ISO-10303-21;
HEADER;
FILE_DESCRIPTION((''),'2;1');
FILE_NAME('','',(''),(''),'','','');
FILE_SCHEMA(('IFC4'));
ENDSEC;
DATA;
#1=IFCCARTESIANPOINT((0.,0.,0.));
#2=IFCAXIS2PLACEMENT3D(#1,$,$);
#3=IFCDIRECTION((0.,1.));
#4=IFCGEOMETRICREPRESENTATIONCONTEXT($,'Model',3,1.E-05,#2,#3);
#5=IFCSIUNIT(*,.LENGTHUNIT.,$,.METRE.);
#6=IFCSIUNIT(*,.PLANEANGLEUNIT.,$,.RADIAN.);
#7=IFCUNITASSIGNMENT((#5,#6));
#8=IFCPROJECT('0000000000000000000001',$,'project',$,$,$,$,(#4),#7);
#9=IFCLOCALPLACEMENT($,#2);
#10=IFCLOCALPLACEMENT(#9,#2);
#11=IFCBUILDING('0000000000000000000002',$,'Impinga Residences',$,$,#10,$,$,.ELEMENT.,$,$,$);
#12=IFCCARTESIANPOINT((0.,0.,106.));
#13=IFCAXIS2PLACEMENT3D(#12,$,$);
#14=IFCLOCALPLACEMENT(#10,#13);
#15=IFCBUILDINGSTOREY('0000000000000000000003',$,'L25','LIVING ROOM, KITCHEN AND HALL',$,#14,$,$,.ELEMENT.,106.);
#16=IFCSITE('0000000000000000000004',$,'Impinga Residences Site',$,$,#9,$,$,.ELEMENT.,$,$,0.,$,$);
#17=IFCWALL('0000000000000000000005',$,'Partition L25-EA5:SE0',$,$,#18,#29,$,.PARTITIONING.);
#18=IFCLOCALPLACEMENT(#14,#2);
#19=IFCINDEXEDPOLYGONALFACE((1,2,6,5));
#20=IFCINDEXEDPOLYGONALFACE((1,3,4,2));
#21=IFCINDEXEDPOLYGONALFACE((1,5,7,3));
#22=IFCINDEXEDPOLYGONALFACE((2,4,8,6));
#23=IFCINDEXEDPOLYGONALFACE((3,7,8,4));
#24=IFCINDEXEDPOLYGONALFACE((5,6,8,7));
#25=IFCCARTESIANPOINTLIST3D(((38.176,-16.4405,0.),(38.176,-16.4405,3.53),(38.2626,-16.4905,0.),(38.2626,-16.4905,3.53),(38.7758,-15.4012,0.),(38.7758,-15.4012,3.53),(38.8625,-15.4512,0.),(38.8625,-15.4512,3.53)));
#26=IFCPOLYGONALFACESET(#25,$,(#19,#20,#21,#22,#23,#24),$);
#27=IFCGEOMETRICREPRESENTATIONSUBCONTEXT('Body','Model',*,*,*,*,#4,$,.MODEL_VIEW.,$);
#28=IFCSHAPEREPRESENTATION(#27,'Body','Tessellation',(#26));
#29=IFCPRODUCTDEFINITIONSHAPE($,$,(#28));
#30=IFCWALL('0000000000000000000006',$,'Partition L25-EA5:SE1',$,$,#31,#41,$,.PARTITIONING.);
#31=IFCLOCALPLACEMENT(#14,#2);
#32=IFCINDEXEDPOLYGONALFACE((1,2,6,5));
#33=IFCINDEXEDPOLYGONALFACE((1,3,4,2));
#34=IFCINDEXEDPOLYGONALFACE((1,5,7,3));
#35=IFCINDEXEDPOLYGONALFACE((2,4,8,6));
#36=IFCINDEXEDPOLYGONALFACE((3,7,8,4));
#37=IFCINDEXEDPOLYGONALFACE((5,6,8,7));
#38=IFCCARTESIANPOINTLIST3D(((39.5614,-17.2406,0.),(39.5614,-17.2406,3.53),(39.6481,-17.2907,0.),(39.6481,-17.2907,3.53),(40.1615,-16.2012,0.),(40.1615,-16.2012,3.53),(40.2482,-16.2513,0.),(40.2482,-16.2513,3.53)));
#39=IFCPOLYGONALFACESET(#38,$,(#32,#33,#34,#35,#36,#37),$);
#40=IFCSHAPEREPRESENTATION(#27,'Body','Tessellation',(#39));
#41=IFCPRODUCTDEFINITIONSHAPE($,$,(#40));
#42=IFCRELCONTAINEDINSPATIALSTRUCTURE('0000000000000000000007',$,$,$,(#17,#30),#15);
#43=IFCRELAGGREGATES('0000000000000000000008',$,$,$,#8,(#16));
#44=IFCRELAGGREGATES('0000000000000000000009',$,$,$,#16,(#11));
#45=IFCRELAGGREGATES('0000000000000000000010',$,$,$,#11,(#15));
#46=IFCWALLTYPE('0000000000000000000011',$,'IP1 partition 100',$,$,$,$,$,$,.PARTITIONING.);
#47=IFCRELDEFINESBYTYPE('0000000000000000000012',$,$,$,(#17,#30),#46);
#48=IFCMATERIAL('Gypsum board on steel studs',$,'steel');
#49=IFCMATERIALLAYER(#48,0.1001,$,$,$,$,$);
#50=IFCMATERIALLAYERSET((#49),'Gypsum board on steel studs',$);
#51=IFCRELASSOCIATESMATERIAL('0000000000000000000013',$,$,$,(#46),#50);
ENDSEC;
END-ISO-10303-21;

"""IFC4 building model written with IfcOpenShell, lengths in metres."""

from ifc_helpers import new_model, si_unit, direction, frame, frame_2d, origin, place, context, subcontext, project, spatial, rectangle, extrude, material, layer, layer_set, type_object, element, save


model = new_model("IFC4")

# Units and contexts
model_context = context("Model", 3, precision=1e-05, world=origin(), true_north=direction((0.0, 1.0)))
body_context = subcontext(model_context, "Body", "Model", "MODEL_VIEW")
ifc_project = project(units=[si_unit("LENGTHUNIT", "METRE"), si_unit("PLANEANGLEUNIT", "RADIAN")], contexts=[model_context])

# Site, building, storey
site_placement = place(None, origin())
site = spatial("IfcSite", under=ifc_project, at=site_placement, Name="Impinga Residences Site", CompositionType="ELEMENT", RefElevation=0.0)
building_placement = place(site_placement, origin())
building = spatial("IfcBuilding", under=site, at=building_placement, Name="Impinga Residences", CompositionType="ELEMENT")
storey_placement = place(building_placement, frame((0.0, 0.0, 106.0)))
storey = spatial("IfcBuildingStorey", under=building, at=storey_placement, Name="L25", Description="LIVING ROOM, KITCHEN AND HALL", CompositionType="ELEMENT", Elevation=106.0)

# Shared definitions
ifc_material_1 = material(Name="Gypsum board on steel studs", Category="steel")
ifc_layer_1 = layer(ifc_material_1, 0.1001)
ifc_layer_set_1 = layer_set([ifc_layer_1], Name="Gypsum board on steel studs")
wall_type_1 = type_object("IfcWallType", Name="IP1 partition 100", PredefinedType="PARTITIONING", material=ifc_layer_set_1)

# Walls
wall_1_placement = place(storey_placement, frame((38.2192, -16.4656, 0.0), z_axis=(0.0, 0.0, 1.0), x_axis=(0.499881, 0.866094, 0.0)))
element("IfcWall", 1, at=wall_1_placement, inside=storey, type_object=wall_type_1, Name="Partition L25-EA5:SE0", PredefinedType="PARTITIONING", context=body_context, shape_type="SweptSolid", body=[
    extrude(rectangle(XDim=1.2, YDim=0.1001, at=frame_2d((0.6001, 0.0))), origin(), (0.0, 0.0, 1.0), 3.53),
])
wall_2_placement = place(storey_placement, frame((39.6047, -17.2656, 0.0), z_axis=(0.0, 0.0, 1.0), x_axis=(0.500034, 0.866006, 0.0)))
element("IfcWall", 2, at=wall_2_placement, inside=storey, type_object=wall_type_1, Name="Partition L25-EA5:SE1", PredefinedType="PARTITIONING", context=body_context, shape_type="SweptSolid", body=[
    extrude(rectangle(XDim=1.2002, YDim=0.1001, at=frame_2d((0.6001, 0.0))), origin(), (0.0, 0.0, 1.0), 3.53),
])

save(model, "model.ifc")
